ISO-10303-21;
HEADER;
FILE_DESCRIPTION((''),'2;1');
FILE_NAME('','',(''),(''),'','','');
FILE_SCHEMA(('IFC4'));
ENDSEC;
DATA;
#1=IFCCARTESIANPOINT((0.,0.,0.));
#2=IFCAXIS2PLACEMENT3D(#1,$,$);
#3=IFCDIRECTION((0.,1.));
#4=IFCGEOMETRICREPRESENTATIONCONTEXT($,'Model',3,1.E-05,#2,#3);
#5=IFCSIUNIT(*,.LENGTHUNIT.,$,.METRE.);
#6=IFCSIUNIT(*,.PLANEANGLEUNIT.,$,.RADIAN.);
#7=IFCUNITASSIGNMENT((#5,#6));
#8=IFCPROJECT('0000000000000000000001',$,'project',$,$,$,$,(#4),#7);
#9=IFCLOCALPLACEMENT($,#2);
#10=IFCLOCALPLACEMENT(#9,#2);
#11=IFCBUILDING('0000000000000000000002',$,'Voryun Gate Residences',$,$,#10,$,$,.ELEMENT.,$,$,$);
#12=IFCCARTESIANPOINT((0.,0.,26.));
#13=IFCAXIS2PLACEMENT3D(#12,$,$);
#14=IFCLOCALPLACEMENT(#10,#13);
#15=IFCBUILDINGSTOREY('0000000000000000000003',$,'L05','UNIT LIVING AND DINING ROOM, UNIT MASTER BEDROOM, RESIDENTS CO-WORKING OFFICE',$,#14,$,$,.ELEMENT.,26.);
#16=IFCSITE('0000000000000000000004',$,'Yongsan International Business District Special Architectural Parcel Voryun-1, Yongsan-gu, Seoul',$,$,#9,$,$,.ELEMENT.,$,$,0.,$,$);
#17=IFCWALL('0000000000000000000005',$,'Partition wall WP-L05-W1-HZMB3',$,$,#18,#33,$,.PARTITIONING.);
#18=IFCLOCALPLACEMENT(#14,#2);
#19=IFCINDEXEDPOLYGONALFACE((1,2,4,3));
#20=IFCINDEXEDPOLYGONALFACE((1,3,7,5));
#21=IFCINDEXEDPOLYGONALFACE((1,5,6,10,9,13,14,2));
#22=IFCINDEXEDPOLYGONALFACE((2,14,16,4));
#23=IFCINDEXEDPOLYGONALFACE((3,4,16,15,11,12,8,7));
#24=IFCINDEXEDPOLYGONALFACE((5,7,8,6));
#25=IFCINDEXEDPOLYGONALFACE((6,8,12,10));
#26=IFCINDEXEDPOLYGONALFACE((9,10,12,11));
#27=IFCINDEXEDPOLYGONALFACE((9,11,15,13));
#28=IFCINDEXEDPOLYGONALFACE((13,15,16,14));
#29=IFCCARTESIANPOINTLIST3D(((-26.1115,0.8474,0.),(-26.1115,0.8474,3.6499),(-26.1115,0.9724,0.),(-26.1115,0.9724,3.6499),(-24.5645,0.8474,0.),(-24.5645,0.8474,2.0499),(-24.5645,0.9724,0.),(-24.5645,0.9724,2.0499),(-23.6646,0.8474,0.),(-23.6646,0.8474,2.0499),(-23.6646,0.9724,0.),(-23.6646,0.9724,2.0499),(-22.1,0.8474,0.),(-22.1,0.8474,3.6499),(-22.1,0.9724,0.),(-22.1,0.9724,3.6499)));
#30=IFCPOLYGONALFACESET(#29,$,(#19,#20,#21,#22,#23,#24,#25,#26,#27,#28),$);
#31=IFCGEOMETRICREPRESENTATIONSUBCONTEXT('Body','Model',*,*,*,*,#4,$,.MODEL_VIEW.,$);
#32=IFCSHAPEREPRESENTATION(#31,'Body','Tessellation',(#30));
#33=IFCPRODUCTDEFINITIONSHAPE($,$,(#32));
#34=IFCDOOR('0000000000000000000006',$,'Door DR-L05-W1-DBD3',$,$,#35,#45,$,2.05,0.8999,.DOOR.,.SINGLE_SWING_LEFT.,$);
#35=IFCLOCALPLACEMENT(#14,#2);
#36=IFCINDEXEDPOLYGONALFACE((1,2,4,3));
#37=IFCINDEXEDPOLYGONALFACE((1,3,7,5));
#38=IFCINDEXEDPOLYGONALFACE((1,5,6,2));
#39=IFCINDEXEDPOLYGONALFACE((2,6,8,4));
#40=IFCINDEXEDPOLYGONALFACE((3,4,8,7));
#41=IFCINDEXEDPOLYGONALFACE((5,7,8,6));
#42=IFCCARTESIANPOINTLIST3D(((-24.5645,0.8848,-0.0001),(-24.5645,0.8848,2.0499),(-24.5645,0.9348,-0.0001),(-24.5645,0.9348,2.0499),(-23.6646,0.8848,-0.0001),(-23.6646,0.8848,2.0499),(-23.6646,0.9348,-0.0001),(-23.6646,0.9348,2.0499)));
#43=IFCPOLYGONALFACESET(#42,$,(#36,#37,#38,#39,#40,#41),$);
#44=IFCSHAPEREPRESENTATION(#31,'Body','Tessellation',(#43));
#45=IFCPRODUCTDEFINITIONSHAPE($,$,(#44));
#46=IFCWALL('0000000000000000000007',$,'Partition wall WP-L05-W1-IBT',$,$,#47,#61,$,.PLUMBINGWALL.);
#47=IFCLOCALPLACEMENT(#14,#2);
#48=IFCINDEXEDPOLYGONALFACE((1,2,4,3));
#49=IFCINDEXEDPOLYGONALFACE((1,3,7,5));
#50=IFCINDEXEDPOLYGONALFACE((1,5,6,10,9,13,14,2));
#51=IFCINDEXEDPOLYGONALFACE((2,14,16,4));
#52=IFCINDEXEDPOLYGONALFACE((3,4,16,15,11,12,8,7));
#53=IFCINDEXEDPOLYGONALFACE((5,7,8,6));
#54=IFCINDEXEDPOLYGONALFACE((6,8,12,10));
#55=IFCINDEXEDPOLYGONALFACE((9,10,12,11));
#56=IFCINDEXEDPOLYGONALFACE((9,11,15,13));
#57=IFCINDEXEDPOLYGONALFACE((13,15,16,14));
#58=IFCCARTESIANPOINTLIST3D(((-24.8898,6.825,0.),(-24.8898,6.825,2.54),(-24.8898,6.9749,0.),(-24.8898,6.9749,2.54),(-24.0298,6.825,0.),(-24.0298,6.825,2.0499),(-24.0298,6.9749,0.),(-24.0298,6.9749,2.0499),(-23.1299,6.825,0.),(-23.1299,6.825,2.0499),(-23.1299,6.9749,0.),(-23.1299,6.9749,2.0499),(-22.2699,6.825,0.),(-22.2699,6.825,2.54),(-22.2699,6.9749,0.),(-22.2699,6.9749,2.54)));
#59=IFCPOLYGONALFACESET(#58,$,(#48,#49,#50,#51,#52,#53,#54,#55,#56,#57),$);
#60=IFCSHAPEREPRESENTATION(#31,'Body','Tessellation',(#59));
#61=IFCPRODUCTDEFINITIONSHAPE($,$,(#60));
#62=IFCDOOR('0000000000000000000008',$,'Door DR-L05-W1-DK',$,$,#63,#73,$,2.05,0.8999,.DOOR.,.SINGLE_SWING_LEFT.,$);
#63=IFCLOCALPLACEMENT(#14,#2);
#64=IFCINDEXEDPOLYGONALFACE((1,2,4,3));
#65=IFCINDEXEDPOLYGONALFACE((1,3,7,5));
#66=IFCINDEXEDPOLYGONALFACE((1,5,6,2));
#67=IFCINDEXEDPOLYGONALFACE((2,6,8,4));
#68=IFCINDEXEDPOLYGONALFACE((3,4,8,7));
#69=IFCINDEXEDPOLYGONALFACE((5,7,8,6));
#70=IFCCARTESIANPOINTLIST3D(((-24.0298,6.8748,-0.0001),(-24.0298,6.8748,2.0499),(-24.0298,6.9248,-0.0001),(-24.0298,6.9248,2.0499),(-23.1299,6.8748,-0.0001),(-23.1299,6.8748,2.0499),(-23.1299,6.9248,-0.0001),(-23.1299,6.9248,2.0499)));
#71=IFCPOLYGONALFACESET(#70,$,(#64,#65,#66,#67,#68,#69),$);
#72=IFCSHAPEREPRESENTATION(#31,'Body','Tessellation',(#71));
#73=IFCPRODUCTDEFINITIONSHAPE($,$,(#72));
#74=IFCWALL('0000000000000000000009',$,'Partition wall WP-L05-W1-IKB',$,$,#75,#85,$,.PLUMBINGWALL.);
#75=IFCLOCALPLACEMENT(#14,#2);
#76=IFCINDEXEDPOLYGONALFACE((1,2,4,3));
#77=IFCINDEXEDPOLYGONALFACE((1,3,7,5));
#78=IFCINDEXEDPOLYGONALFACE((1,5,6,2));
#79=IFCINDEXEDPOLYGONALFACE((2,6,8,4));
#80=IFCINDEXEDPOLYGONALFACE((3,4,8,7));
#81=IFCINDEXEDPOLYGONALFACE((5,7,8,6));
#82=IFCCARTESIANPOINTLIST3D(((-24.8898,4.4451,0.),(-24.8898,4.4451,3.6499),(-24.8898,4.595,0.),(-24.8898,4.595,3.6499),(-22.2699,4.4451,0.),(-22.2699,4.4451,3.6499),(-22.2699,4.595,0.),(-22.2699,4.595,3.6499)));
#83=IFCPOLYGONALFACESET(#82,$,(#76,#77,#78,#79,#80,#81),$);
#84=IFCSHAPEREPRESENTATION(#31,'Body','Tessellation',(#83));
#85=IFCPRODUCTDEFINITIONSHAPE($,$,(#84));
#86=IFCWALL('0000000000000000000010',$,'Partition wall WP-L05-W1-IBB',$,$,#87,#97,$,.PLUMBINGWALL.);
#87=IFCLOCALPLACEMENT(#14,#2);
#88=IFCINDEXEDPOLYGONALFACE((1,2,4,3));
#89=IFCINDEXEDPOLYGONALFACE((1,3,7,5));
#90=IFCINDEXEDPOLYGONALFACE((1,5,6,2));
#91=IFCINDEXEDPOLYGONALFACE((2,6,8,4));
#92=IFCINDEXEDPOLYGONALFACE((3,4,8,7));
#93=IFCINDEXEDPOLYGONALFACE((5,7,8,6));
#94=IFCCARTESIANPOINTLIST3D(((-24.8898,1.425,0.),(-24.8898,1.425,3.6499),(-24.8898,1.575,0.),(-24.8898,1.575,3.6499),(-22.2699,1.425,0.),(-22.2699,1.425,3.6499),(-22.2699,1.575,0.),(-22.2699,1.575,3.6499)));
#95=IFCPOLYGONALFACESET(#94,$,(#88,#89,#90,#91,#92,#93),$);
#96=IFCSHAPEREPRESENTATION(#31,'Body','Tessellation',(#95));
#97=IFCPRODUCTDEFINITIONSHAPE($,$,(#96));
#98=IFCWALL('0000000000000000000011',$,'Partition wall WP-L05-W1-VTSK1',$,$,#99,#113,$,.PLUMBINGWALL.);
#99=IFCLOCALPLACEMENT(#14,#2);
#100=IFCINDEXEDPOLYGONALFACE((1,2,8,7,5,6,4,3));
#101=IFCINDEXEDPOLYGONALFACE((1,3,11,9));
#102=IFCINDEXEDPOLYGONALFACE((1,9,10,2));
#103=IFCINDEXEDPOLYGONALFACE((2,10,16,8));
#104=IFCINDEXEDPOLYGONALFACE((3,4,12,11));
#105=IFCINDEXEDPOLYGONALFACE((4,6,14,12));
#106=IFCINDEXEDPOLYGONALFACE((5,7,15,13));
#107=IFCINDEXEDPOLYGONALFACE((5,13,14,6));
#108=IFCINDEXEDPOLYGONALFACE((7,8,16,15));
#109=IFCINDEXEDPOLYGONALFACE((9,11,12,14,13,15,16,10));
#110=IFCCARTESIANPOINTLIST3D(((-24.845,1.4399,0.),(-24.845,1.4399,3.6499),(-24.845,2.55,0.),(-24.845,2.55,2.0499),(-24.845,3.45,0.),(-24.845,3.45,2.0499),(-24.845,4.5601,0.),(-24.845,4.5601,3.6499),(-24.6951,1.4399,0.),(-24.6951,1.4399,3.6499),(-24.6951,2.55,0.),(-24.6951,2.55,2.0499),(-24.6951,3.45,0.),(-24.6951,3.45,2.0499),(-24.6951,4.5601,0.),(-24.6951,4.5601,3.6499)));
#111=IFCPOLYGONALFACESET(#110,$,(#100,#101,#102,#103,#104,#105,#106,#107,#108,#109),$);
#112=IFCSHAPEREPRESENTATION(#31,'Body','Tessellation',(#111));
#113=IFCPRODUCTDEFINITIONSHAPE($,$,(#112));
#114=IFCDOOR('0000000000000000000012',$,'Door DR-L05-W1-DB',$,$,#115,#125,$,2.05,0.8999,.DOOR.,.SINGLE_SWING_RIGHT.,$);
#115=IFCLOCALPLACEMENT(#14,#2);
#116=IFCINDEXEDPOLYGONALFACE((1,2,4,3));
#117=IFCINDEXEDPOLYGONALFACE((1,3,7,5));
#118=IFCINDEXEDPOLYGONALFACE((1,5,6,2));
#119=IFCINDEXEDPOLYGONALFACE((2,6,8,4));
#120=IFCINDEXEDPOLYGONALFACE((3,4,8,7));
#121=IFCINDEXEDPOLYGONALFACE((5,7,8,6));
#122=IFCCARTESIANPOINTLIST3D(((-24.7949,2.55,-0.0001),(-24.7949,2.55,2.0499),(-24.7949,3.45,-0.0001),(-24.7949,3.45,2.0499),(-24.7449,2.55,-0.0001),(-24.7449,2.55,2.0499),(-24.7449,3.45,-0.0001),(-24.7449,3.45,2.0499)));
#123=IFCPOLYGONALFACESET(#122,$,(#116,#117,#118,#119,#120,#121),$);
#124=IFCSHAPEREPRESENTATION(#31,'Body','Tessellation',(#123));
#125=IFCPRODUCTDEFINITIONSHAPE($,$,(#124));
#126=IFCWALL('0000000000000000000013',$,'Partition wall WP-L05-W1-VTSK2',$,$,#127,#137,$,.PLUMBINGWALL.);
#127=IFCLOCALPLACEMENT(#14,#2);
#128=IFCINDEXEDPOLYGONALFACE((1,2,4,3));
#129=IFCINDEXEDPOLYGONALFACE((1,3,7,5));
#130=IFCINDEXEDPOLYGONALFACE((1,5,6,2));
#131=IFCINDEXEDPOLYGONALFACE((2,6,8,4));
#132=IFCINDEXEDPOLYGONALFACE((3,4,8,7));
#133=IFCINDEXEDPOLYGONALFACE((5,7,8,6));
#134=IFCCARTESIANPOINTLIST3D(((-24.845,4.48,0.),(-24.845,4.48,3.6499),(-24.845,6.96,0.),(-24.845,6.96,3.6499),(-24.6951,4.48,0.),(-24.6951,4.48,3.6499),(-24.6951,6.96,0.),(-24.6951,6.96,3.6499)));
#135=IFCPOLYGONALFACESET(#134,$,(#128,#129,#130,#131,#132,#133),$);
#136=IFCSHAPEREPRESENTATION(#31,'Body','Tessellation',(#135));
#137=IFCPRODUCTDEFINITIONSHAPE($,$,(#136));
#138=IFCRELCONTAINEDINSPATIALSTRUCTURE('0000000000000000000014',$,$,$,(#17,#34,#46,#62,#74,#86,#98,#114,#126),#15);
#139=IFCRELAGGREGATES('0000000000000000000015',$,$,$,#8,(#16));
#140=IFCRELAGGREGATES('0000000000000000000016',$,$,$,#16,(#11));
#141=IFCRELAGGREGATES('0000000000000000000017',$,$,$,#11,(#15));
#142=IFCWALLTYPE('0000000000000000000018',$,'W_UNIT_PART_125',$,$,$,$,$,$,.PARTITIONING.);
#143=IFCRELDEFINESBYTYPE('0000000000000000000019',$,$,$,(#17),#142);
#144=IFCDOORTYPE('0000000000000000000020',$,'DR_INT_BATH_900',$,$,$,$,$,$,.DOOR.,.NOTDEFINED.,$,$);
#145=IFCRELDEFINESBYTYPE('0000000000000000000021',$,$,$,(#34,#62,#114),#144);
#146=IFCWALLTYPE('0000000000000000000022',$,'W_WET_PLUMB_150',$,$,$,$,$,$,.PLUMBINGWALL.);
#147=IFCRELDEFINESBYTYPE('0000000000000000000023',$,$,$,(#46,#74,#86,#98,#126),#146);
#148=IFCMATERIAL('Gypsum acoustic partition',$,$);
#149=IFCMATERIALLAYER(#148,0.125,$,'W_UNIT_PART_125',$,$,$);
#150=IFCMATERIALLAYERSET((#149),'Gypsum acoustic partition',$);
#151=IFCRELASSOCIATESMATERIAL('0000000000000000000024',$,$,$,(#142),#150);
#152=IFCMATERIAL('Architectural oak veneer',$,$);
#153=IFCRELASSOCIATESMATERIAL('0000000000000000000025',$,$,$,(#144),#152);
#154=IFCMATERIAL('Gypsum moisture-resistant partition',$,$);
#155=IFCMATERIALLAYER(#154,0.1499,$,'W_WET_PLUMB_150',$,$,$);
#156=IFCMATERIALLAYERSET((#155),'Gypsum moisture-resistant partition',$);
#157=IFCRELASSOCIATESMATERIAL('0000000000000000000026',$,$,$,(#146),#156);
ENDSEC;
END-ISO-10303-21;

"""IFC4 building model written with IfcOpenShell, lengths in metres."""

from ifc_helpers import new_model, si_unit, direction, frame, frame_2d, origin, place, context, subcontext, project, spatial, rectangle, extrude, material, layer, layer_set, type_object, element, fill, save


model = new_model("IFC4")

# Units and contexts
model_context = context("Model", 3, precision=1e-05, world=origin(), true_north=direction((0.0, 1.0)))
body_context = subcontext(model_context, "Body", "Model", "MODEL_VIEW")
ifc_project = project(units=[si_unit("LENGTHUNIT", "METRE"), si_unit("PLANEANGLEUNIT", "RADIAN")], contexts=[model_context])

# Site, building, storey
site_placement = place(None, origin())
site = spatial("IfcSite", under=ifc_project, at=site_placement, Name="Yongsan International Business District Special Architectural Parcel Voryun-1, Yongsan-gu, Seoul", CompositionType="ELEMENT", RefElevation=0.0)
building_placement = place(site_placement, origin())
building = spatial("IfcBuilding", under=site, at=building_placement, Name="Voryun Gate Residences", CompositionType="ELEMENT")
storey_placement = place(building_placement, frame((0.0, 0.0, 26.0)))
storey = spatial("IfcBuildingStorey", under=building, at=storey_placement, Name="L05", Description="UNIT LIVING AND DINING ROOM, UNIT MASTER BEDROOM, RESIDENTS CO-WORKING OFFICE", CompositionType="ELEMENT", Elevation=26.0)

# Walls, openings, doors
ifc_material_1 = material(Name="Gypsum acoustic partition")
ifc_layer_1 = layer(ifc_material_1, 0.125, Name="W_UNIT_PART_125")
ifc_layer_set_1 = layer_set([ifc_layer_1], Name="Gypsum acoustic partition")
wall_type_1 = type_object("IfcWallType", Name="W_UNIT_PART_125", PredefinedType="PARTITIONING", material=ifc_layer_set_1)
ifc_material_2 = material(Name="Architectural oak veneer")
door_type_1 = type_object("IfcDoorType", Name="DR_INT_BATH_900", OperationType="NOTDEFINED", PredefinedType="DOOR", material=ifc_material_2)
wall_1_placement = place(storey_placement, frame((-26.1116, 0.9099, 0.0), z_axis=(0.0, 0.0, 1.0), x_axis=(1.0, 0.0, 0.0)))
wall_1 = element("IfcWall", 1, at=wall_1_placement, inside=storey, type_object=wall_type_1, Name="Partition wall WP-L05-W1-HZMB3", PredefinedType="PARTITIONING", context=body_context, shape_type="SweptSolid", body=[
    extrude(rectangle(XDim=4.0115, YDim=0.125, at=frame_2d((2.0059, 0.0))), origin(), (0.0, 0.0, 1.0), 3.6499),
])
opening_1_placement = place(wall_1_placement, frame((1.5471, 0.0, 0.0)))
opening_1 = element("IfcOpeningElement", 2, at=opening_1_placement, cuts=wall_1, PredefinedType="OPENING", context=body_context, shape_type="SweptSolid", body=[
    extrude(rectangle(XDim=0.8999, YDim=2.05, at=frame_2d((0.45, 1.0249))), frame((0.0, 0.0725, 0.0), z_axis=(0.0, -1.0, 0.0), x_axis=(1.0, 0.0, 0.0)), (0.0, 0.0, 1.0), 0.145),
])
door_1_placement = place(opening_1_placement, origin())
door_1 = element("IfcDoor", 3, at=door_1_placement, inside=storey, type_object=door_type_1, Name="Door DR-L05-W1-DBD3", OperationType="SINGLE_SWING_LEFT", OverallHeight=2.05, OverallWidth=0.8999, PredefinedType="DOOR", context=body_context, shape_type="SweptSolid", body=[
    extrude(rectangle(XDim=0.8999, YDim=2.05, at=frame_2d((0.45, 1.0249))), frame((0.0, 0.0249, 0.0), z_axis=(0.0, -1.0, 0.0), x_axis=(1.0, 0.0, 0.0)), (0.0, 0.0, 1.0), 0.05),
])
fill(opening_1, door_1)
ifc_material_3 = material(Name="Gypsum moisture-resistant partition")
ifc_layer_2 = layer(ifc_material_3, 0.1499, Name="W_WET_PLUMB_150")
ifc_layer_set_2 = layer_set([ifc_layer_2], Name="Gypsum moisture-resistant partition")
wall_type_2 = type_object("IfcWallType", Name="W_WET_PLUMB_150", PredefinedType="PLUMBINGWALL", material=ifc_layer_set_2)
wall_2_placement = place(storey_placement, frame((-24.8899, 6.8999, 0.0), z_axis=(0.0, 0.0, 1.0), x_axis=(1.0, 0.0, 0.0)))
wall_2 = element("IfcWall", 4, at=wall_2_placement, inside=storey, type_object=wall_type_2, Name="Partition wall WP-L05-W1-IBT", PredefinedType="PLUMBINGWALL", context=body_context, shape_type="SweptSolid", body=[
    extrude(rectangle(XDim=2.6199, YDim=0.1499, at=frame_2d((1.3101, 0.0))), origin(), (0.0, 0.0, 1.0), 2.54),
])
opening_2_placement = place(wall_2_placement, frame((0.8601, 0.0, 0.0)))
opening_2 = element("IfcOpeningElement", 5, at=opening_2_placement, cuts=wall_2, PredefinedType="OPENING", context=body_context, shape_type="SweptSolid", body=[
    extrude(rectangle(XDim=0.8999, YDim=2.05, at=frame_2d((0.45, 1.0249))), frame((0.0, 0.085, 0.0), z_axis=(0.0, -1.0, 0.0), x_axis=(1.0, 0.0, 0.0)), (0.0, 0.0, 1.0), 0.1699),
])
door_2_placement = place(opening_2_placement, origin())
door_2 = element("IfcDoor", 6, at=door_2_placement, inside=storey, type_object=door_type_1, Name="Door DR-L05-W1-DK", OperationType="SINGLE_SWING_LEFT", OverallHeight=2.05, OverallWidth=0.8999, PredefinedType="DOOR", context=body_context, shape_type="SweptSolid", body=[
    extrude(rectangle(XDim=0.8999, YDim=2.05, at=frame_2d((0.45, 1.0249))), frame((0.0, 0.0249, 0.0), z_axis=(0.0, -1.0, 0.0), x_axis=(1.0, 0.0, 0.0)), (0.0, 0.0, 1.0), 0.05),
])
fill(opening_2, door_2)

# Walls
for number, where, z_axis, x_axis, name in (
    (7, (-24.8899, 4.52, 0.0), (0.0, 0.0, 1.0), (1.0, 0.0, 0.0), "Partition wall WP-L05-W1-IKB"),
    (8, (-24.8899, 1.5, 0.0), (0.0, 0.0, 1.0), (1.0, 0.0, 0.0), "Partition wall WP-L05-W1-IBB"),
):
    element("IfcWall", number, at=place(storey_placement, frame(where, z_axis=z_axis, x_axis=x_axis)), inside=storey, type_object=wall_type_2, Name=name, PredefinedType="PLUMBINGWALL", context=body_context, shape_type="SweptSolid", body=[
        extrude(rectangle(XDim=2.6199, YDim=0.1499, at=frame_2d((1.3101, 0.0))), origin(), (0.0, 0.0, 1.0), 3.6499),
    ])

# Wall, opening, door
wall_3_placement = place(storey_placement, frame((-24.77, 1.4399, 0.0), z_axis=(0.0, 0.0, 1.0), x_axis=(0.0, 1.0, 0.0)))
wall_3 = element("IfcWall", 9, at=wall_3_placement, inside=storey, type_object=wall_type_2, Name="Partition wall WP-L05-W1-VTSK1", PredefinedType="PLUMBINGWALL", context=body_context, shape_type="SweptSolid", body=[
    extrude(rectangle(XDim=3.1201, YDim=0.1499, at=frame_2d((1.5601, 0.0))), origin(), (0.0, 0.0, 1.0), 3.6499),
])
opening_3_placement = place(wall_3_placement, frame((1.1101, 0.0, 0.0)))
opening_3 = element("IfcOpeningElement", 10, at=opening_3_placement, cuts=wall_3, PredefinedType="OPENING", context=body_context, shape_type="SweptSolid", body=[
    extrude(rectangle(XDim=0.8999, YDim=2.05, at=frame_2d((0.45, 1.0249))), frame((0.0, 0.085, 0.0), z_axis=(0.0, -1.0, 0.0), x_axis=(1.0, 0.0, 0.0)), (0.0, 0.0, 1.0), 0.1699),
])
door_3_placement = place(opening_3_placement, origin())
door_3 = element("IfcDoor", 11, at=door_3_placement, inside=storey, type_object=door_type_1, Name="Door DR-L05-W1-DB", OperationType="SINGLE_SWING_RIGHT", OverallHeight=2.05, OverallWidth=0.8999, PredefinedType="DOOR", context=body_context, shape_type="SweptSolid", body=[
    extrude(rectangle(XDim=0.8999, YDim=2.05, at=frame_2d((0.45, 1.0249))), frame((0.0, 0.0249, 0.0), z_axis=(0.0, -1.0, 0.0), x_axis=(1.0, 0.0, 0.0)), (0.0, 0.0, 1.0), 0.05),
])
fill(opening_3, door_3)

# Wall
wall_4_placement = place(storey_placement, frame((-24.77, 4.48, 0.0), z_axis=(0.0, 0.0, 1.0), x_axis=(0.0, 1.0, 0.0)))
element("IfcWall", 12, at=wall_4_placement, inside=storey, type_object=wall_type_2, Name="Partition wall WP-L05-W1-VTSK2", PredefinedType="PLUMBINGWALL", context=body_context, shape_type="SweptSolid", body=[
    extrude(rectangle(XDim=2.48, YDim=0.1499, at=frame_2d((1.24, 0.0))), origin(), (0.0, 0.0, 1.0), 3.6499),
])

save(model, "model.ifc")
